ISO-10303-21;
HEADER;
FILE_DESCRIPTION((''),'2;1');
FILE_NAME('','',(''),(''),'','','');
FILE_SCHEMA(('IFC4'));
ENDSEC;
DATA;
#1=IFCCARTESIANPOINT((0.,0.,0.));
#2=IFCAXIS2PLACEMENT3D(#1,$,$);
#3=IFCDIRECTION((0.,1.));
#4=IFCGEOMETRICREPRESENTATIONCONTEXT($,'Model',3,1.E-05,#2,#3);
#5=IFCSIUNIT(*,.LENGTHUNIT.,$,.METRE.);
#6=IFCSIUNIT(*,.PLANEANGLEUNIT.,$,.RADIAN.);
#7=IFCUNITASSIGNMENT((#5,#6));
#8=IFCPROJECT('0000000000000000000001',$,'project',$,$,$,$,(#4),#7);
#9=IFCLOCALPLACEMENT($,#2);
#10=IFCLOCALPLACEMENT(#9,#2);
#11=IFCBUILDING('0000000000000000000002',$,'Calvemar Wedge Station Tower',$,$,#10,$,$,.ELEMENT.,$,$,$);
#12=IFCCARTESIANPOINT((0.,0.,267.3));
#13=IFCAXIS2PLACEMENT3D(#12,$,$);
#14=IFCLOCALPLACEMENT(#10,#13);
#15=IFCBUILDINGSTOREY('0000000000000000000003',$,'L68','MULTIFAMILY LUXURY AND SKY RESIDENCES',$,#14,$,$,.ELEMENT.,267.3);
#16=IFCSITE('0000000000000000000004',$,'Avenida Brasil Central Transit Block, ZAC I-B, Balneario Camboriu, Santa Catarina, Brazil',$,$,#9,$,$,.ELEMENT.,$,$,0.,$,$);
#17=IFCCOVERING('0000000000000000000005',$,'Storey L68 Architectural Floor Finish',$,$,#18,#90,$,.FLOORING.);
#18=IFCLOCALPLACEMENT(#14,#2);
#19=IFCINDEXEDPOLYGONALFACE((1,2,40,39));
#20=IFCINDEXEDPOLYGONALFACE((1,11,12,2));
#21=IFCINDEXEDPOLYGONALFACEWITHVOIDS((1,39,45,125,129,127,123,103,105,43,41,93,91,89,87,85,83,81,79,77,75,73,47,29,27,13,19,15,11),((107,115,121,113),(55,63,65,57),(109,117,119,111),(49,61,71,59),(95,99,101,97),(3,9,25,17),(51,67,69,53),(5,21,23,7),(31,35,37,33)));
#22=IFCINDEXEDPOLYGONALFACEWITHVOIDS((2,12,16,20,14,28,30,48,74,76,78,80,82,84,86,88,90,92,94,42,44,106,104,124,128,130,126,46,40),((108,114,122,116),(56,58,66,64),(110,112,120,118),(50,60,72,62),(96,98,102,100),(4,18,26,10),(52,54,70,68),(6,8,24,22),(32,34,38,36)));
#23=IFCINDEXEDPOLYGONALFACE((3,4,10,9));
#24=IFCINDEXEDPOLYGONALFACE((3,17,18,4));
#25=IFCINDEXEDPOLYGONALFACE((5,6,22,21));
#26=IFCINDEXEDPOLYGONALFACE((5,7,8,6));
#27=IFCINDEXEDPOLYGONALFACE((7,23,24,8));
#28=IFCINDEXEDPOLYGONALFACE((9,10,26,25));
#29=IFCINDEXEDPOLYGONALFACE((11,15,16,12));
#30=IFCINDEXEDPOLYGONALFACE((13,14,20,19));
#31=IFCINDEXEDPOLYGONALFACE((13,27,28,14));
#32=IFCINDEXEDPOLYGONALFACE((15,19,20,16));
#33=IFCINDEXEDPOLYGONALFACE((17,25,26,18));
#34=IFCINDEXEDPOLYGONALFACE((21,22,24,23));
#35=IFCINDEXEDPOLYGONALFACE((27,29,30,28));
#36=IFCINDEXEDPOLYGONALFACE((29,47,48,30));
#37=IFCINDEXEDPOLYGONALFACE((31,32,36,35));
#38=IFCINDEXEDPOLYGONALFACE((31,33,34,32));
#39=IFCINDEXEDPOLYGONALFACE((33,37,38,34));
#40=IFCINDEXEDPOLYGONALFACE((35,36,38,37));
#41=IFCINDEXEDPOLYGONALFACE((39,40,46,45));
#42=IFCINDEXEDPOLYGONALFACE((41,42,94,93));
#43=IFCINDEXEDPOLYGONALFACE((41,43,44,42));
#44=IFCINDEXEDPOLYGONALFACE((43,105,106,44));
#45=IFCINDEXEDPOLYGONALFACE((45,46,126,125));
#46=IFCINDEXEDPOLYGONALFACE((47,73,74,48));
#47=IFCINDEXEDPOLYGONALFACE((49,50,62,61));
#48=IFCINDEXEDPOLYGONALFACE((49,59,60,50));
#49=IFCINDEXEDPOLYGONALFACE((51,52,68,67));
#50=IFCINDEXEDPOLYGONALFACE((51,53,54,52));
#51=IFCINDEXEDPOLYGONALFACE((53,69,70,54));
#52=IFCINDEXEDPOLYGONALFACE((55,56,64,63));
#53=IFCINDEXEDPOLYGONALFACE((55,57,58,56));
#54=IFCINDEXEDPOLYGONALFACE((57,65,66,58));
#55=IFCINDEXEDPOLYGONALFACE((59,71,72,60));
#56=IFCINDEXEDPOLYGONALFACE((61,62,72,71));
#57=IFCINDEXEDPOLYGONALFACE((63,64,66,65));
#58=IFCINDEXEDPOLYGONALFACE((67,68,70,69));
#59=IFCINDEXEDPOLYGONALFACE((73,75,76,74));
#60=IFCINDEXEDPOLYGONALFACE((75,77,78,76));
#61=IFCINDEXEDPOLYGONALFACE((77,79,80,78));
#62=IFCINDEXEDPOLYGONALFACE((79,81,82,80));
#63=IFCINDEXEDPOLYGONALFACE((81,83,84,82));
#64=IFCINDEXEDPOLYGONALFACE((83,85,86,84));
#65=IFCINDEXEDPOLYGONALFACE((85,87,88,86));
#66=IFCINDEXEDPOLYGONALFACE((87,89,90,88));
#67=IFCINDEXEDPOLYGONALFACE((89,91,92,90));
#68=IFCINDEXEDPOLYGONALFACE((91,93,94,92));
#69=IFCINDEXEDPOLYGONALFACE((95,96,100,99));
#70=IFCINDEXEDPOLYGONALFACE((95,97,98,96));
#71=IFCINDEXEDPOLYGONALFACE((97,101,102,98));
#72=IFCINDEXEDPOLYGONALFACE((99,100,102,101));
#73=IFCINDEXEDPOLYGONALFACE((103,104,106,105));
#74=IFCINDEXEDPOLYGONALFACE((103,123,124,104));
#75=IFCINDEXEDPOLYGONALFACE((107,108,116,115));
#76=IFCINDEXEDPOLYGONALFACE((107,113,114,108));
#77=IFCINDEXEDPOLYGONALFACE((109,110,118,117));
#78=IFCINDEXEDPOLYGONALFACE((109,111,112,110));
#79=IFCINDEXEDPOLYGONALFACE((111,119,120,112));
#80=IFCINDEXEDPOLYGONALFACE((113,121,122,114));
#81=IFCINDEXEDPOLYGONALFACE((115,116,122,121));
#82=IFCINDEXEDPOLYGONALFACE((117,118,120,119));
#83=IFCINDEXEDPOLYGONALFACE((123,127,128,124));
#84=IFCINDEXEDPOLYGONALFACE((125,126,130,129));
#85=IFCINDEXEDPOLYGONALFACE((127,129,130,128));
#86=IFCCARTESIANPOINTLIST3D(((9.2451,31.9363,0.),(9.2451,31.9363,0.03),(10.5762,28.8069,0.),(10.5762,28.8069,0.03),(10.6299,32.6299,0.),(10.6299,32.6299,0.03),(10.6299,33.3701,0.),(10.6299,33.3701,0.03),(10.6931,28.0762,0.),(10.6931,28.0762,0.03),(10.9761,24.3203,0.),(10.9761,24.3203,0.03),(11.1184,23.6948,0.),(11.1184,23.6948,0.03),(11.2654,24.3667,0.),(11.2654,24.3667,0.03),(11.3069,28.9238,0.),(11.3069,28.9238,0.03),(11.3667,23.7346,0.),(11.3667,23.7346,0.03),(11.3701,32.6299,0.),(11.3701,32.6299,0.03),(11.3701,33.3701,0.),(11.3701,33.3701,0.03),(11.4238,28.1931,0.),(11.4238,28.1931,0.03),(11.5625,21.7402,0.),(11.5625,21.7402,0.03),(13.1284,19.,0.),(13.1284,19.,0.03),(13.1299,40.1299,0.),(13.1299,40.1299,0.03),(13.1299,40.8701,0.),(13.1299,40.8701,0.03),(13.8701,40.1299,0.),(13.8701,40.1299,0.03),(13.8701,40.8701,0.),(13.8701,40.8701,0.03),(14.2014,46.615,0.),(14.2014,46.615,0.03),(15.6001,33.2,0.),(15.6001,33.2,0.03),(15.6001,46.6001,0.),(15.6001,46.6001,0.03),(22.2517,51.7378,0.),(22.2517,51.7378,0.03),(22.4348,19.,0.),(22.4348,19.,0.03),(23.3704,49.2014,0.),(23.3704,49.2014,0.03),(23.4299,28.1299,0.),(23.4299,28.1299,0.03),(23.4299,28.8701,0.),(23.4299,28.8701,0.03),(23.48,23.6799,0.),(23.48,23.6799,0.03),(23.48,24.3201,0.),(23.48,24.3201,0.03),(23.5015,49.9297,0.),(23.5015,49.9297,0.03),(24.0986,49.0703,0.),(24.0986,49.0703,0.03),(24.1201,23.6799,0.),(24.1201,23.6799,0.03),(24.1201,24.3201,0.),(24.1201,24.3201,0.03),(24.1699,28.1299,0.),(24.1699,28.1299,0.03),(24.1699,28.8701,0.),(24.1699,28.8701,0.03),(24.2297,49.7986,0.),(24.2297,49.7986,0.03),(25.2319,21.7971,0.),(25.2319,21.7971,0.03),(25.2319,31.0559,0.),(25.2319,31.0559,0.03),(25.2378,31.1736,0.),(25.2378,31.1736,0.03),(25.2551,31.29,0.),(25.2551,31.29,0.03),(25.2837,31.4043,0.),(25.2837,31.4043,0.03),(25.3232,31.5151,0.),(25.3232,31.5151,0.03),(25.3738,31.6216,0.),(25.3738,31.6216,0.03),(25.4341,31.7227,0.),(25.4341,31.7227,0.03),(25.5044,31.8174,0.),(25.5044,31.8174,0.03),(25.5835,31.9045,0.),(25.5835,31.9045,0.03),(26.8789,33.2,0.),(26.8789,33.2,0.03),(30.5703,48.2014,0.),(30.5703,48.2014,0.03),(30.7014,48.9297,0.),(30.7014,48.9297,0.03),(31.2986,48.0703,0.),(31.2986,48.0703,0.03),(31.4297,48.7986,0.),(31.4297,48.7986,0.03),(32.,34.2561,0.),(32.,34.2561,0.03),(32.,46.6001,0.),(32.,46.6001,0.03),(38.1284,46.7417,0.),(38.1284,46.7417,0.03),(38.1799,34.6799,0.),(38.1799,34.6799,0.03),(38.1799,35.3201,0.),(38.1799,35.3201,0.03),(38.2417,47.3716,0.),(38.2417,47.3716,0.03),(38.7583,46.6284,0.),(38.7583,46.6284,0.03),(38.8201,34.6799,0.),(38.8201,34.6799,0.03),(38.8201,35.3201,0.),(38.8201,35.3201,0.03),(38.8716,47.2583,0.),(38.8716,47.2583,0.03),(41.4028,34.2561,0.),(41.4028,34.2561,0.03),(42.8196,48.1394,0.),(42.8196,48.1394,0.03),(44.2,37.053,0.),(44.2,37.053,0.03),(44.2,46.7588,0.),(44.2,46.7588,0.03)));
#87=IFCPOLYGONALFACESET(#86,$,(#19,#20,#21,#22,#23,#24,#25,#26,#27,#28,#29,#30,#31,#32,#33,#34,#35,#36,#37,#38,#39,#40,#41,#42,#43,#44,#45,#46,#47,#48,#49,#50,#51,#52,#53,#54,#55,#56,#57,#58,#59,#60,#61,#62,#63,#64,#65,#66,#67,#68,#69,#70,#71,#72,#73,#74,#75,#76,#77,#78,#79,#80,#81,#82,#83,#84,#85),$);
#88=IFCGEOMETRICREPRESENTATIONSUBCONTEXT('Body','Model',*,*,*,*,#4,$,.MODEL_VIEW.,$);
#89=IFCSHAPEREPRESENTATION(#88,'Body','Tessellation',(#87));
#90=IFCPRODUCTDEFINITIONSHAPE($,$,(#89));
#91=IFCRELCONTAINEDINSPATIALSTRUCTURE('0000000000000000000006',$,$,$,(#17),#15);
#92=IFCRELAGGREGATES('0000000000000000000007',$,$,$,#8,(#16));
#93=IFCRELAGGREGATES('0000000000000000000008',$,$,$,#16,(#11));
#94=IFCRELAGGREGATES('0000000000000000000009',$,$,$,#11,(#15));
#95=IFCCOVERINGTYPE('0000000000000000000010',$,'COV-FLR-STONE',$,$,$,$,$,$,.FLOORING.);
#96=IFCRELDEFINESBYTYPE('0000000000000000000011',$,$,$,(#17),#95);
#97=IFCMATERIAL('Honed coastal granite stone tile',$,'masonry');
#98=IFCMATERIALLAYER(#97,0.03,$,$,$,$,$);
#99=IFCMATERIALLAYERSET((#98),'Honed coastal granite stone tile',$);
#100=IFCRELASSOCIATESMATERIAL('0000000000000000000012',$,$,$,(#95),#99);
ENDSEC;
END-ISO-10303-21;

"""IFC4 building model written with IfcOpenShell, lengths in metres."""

from ifc_helpers import new_model, si_unit, direction, frame, origin, place, context, subcontext, project, spatial, polyline, outline, extrude, material, layer, layer_set, type_object, element, save


model = new_model("IFC4")

# Units and contexts
model_context = context("Model", 3, precision=1e-05, world=origin(), true_north=direction((0.0, 1.0)))
body_context = subcontext(model_context, "Body", "Model", "MODEL_VIEW")
ifc_project = project(units=[si_unit("LENGTHUNIT", "METRE"), si_unit("PLANEANGLEUNIT", "RADIAN")], contexts=[model_context])

# Site, building, storey
site_placement = place(None, origin())
site = spatial("IfcSite", under=ifc_project, at=site_placement, Name="Avenida Brasil Central Transit Block, ZAC I-B, Balneario Camboriu, Santa Catarina, Brazil", CompositionType="ELEMENT", RefElevation=0.0)
building_placement = place(site_placement, origin())
building = spatial("IfcBuilding", under=site, at=building_placement, Name="Calvemar Wedge Station Tower", CompositionType="ELEMENT")
storey_placement = place(building_placement, frame((0.0, 0.0, 267.3)))
storey = spatial("IfcBuildingStorey", under=building, at=storey_placement, Name="L68", Description="MULTIFAMILY LUXURY AND SKY RESIDENCES", CompositionType="ELEMENT", Elevation=267.3)

# Covering
ifc_material_1 = material(Name="Honed coastal granite stone tile", Category="masonry")
ifc_layer_1 = layer(ifc_material_1, 0.03)
ifc_layer_set_1 = layer_set([ifc_layer_1], Name="Honed coastal granite stone tile")
covering_type_1 = type_object("IfcCoveringType", Name="COV-FLR-STONE", PredefinedType="FLOORING", material=ifc_layer_set_1)
covering_1_placement = place(storey_placement, origin())
element("IfcCovering", 1, at=covering_1_placement, inside=storey, type_object=covering_type_1, Name="Storey L68 Architectural Floor Finish", PredefinedType="FLOORING", context=body_context, shape_type="SweptSolid", body=[
    extrude(outline(polyline([(15.6001, 33.2), (15.6001, 46.6001), (32.0, 46.6001), (32.0, 34.2561), (41.4028, 34.2561), (44.2, 37.053), (44.2, 46.7588), (42.8196, 48.1394), (22.2517, 51.7378), (14.2014, 46.615), (9.2451, 31.9363), (10.9761, 24.3203), (11.2654, 24.3667), (11.3667, 23.7346), (11.1184, 23.6948), (11.5625, 21.7402), (13.1284, 19.0), (22.4348, 19.0), (25.2319, 21.7971), (25.2319, 31.0559), (25.2378, 31.1736), (25.2551, 31.29), (25.2837, 31.4043), (25.3232, 31.5151), (25.3738, 31.6216), (25.4341, 31.7227), (25.5044, 31.8174), (25.5835, 31.9045), (26.8789, 33.2), (15.6001, 33.2)]), holes=[polyline([(11.3701, 33.3701), (11.3701, 32.6299), (10.6299, 32.6299), (10.6299, 33.3701), (11.3701, 33.3701)]), polyline([(13.8701, 40.1299), (13.1299, 40.1299), (13.1299, 40.8701), (13.8701, 40.8701), (13.8701, 40.1299)]), polyline([(23.3704, 49.2014), (23.5015, 49.9297), (24.2297, 49.7986), (24.0986, 49.0703), (23.3704, 49.2014)]), polyline([(30.7014, 48.9297), (31.4297, 48.7986), (31.2986, 48.0703), (30.5703, 48.2014), (30.7014, 48.9297)]), polyline([(38.8716, 47.2583), (38.7583, 46.6284), (38.1284, 46.7417), (38.2417, 47.3716), (38.8716, 47.2583)]), polyline([(38.8201, 34.6799), (38.1799, 34.6799), (38.1799, 35.3201), (38.8201, 35.3201), (38.8201, 34.6799)]), polyline([(10.5762, 28.8069), (11.3069, 28.9238), (11.4238, 28.1931), (10.6931, 28.0762), (10.5762, 28.8069)]), polyline([(24.1699, 28.8701), (24.1699, 28.1299), (23.4299, 28.1299), (23.4299, 28.8701), (24.1699, 28.8701)]), polyline([(24.1201, 23.6799), (23.48, 23.6799), (23.48, 24.3201), (24.1201, 24.3201), (24.1201, 23.6799)])]), origin(), (0.0, 0.0, 1.0), 0.03),
])

save(model, "model.ifc")
